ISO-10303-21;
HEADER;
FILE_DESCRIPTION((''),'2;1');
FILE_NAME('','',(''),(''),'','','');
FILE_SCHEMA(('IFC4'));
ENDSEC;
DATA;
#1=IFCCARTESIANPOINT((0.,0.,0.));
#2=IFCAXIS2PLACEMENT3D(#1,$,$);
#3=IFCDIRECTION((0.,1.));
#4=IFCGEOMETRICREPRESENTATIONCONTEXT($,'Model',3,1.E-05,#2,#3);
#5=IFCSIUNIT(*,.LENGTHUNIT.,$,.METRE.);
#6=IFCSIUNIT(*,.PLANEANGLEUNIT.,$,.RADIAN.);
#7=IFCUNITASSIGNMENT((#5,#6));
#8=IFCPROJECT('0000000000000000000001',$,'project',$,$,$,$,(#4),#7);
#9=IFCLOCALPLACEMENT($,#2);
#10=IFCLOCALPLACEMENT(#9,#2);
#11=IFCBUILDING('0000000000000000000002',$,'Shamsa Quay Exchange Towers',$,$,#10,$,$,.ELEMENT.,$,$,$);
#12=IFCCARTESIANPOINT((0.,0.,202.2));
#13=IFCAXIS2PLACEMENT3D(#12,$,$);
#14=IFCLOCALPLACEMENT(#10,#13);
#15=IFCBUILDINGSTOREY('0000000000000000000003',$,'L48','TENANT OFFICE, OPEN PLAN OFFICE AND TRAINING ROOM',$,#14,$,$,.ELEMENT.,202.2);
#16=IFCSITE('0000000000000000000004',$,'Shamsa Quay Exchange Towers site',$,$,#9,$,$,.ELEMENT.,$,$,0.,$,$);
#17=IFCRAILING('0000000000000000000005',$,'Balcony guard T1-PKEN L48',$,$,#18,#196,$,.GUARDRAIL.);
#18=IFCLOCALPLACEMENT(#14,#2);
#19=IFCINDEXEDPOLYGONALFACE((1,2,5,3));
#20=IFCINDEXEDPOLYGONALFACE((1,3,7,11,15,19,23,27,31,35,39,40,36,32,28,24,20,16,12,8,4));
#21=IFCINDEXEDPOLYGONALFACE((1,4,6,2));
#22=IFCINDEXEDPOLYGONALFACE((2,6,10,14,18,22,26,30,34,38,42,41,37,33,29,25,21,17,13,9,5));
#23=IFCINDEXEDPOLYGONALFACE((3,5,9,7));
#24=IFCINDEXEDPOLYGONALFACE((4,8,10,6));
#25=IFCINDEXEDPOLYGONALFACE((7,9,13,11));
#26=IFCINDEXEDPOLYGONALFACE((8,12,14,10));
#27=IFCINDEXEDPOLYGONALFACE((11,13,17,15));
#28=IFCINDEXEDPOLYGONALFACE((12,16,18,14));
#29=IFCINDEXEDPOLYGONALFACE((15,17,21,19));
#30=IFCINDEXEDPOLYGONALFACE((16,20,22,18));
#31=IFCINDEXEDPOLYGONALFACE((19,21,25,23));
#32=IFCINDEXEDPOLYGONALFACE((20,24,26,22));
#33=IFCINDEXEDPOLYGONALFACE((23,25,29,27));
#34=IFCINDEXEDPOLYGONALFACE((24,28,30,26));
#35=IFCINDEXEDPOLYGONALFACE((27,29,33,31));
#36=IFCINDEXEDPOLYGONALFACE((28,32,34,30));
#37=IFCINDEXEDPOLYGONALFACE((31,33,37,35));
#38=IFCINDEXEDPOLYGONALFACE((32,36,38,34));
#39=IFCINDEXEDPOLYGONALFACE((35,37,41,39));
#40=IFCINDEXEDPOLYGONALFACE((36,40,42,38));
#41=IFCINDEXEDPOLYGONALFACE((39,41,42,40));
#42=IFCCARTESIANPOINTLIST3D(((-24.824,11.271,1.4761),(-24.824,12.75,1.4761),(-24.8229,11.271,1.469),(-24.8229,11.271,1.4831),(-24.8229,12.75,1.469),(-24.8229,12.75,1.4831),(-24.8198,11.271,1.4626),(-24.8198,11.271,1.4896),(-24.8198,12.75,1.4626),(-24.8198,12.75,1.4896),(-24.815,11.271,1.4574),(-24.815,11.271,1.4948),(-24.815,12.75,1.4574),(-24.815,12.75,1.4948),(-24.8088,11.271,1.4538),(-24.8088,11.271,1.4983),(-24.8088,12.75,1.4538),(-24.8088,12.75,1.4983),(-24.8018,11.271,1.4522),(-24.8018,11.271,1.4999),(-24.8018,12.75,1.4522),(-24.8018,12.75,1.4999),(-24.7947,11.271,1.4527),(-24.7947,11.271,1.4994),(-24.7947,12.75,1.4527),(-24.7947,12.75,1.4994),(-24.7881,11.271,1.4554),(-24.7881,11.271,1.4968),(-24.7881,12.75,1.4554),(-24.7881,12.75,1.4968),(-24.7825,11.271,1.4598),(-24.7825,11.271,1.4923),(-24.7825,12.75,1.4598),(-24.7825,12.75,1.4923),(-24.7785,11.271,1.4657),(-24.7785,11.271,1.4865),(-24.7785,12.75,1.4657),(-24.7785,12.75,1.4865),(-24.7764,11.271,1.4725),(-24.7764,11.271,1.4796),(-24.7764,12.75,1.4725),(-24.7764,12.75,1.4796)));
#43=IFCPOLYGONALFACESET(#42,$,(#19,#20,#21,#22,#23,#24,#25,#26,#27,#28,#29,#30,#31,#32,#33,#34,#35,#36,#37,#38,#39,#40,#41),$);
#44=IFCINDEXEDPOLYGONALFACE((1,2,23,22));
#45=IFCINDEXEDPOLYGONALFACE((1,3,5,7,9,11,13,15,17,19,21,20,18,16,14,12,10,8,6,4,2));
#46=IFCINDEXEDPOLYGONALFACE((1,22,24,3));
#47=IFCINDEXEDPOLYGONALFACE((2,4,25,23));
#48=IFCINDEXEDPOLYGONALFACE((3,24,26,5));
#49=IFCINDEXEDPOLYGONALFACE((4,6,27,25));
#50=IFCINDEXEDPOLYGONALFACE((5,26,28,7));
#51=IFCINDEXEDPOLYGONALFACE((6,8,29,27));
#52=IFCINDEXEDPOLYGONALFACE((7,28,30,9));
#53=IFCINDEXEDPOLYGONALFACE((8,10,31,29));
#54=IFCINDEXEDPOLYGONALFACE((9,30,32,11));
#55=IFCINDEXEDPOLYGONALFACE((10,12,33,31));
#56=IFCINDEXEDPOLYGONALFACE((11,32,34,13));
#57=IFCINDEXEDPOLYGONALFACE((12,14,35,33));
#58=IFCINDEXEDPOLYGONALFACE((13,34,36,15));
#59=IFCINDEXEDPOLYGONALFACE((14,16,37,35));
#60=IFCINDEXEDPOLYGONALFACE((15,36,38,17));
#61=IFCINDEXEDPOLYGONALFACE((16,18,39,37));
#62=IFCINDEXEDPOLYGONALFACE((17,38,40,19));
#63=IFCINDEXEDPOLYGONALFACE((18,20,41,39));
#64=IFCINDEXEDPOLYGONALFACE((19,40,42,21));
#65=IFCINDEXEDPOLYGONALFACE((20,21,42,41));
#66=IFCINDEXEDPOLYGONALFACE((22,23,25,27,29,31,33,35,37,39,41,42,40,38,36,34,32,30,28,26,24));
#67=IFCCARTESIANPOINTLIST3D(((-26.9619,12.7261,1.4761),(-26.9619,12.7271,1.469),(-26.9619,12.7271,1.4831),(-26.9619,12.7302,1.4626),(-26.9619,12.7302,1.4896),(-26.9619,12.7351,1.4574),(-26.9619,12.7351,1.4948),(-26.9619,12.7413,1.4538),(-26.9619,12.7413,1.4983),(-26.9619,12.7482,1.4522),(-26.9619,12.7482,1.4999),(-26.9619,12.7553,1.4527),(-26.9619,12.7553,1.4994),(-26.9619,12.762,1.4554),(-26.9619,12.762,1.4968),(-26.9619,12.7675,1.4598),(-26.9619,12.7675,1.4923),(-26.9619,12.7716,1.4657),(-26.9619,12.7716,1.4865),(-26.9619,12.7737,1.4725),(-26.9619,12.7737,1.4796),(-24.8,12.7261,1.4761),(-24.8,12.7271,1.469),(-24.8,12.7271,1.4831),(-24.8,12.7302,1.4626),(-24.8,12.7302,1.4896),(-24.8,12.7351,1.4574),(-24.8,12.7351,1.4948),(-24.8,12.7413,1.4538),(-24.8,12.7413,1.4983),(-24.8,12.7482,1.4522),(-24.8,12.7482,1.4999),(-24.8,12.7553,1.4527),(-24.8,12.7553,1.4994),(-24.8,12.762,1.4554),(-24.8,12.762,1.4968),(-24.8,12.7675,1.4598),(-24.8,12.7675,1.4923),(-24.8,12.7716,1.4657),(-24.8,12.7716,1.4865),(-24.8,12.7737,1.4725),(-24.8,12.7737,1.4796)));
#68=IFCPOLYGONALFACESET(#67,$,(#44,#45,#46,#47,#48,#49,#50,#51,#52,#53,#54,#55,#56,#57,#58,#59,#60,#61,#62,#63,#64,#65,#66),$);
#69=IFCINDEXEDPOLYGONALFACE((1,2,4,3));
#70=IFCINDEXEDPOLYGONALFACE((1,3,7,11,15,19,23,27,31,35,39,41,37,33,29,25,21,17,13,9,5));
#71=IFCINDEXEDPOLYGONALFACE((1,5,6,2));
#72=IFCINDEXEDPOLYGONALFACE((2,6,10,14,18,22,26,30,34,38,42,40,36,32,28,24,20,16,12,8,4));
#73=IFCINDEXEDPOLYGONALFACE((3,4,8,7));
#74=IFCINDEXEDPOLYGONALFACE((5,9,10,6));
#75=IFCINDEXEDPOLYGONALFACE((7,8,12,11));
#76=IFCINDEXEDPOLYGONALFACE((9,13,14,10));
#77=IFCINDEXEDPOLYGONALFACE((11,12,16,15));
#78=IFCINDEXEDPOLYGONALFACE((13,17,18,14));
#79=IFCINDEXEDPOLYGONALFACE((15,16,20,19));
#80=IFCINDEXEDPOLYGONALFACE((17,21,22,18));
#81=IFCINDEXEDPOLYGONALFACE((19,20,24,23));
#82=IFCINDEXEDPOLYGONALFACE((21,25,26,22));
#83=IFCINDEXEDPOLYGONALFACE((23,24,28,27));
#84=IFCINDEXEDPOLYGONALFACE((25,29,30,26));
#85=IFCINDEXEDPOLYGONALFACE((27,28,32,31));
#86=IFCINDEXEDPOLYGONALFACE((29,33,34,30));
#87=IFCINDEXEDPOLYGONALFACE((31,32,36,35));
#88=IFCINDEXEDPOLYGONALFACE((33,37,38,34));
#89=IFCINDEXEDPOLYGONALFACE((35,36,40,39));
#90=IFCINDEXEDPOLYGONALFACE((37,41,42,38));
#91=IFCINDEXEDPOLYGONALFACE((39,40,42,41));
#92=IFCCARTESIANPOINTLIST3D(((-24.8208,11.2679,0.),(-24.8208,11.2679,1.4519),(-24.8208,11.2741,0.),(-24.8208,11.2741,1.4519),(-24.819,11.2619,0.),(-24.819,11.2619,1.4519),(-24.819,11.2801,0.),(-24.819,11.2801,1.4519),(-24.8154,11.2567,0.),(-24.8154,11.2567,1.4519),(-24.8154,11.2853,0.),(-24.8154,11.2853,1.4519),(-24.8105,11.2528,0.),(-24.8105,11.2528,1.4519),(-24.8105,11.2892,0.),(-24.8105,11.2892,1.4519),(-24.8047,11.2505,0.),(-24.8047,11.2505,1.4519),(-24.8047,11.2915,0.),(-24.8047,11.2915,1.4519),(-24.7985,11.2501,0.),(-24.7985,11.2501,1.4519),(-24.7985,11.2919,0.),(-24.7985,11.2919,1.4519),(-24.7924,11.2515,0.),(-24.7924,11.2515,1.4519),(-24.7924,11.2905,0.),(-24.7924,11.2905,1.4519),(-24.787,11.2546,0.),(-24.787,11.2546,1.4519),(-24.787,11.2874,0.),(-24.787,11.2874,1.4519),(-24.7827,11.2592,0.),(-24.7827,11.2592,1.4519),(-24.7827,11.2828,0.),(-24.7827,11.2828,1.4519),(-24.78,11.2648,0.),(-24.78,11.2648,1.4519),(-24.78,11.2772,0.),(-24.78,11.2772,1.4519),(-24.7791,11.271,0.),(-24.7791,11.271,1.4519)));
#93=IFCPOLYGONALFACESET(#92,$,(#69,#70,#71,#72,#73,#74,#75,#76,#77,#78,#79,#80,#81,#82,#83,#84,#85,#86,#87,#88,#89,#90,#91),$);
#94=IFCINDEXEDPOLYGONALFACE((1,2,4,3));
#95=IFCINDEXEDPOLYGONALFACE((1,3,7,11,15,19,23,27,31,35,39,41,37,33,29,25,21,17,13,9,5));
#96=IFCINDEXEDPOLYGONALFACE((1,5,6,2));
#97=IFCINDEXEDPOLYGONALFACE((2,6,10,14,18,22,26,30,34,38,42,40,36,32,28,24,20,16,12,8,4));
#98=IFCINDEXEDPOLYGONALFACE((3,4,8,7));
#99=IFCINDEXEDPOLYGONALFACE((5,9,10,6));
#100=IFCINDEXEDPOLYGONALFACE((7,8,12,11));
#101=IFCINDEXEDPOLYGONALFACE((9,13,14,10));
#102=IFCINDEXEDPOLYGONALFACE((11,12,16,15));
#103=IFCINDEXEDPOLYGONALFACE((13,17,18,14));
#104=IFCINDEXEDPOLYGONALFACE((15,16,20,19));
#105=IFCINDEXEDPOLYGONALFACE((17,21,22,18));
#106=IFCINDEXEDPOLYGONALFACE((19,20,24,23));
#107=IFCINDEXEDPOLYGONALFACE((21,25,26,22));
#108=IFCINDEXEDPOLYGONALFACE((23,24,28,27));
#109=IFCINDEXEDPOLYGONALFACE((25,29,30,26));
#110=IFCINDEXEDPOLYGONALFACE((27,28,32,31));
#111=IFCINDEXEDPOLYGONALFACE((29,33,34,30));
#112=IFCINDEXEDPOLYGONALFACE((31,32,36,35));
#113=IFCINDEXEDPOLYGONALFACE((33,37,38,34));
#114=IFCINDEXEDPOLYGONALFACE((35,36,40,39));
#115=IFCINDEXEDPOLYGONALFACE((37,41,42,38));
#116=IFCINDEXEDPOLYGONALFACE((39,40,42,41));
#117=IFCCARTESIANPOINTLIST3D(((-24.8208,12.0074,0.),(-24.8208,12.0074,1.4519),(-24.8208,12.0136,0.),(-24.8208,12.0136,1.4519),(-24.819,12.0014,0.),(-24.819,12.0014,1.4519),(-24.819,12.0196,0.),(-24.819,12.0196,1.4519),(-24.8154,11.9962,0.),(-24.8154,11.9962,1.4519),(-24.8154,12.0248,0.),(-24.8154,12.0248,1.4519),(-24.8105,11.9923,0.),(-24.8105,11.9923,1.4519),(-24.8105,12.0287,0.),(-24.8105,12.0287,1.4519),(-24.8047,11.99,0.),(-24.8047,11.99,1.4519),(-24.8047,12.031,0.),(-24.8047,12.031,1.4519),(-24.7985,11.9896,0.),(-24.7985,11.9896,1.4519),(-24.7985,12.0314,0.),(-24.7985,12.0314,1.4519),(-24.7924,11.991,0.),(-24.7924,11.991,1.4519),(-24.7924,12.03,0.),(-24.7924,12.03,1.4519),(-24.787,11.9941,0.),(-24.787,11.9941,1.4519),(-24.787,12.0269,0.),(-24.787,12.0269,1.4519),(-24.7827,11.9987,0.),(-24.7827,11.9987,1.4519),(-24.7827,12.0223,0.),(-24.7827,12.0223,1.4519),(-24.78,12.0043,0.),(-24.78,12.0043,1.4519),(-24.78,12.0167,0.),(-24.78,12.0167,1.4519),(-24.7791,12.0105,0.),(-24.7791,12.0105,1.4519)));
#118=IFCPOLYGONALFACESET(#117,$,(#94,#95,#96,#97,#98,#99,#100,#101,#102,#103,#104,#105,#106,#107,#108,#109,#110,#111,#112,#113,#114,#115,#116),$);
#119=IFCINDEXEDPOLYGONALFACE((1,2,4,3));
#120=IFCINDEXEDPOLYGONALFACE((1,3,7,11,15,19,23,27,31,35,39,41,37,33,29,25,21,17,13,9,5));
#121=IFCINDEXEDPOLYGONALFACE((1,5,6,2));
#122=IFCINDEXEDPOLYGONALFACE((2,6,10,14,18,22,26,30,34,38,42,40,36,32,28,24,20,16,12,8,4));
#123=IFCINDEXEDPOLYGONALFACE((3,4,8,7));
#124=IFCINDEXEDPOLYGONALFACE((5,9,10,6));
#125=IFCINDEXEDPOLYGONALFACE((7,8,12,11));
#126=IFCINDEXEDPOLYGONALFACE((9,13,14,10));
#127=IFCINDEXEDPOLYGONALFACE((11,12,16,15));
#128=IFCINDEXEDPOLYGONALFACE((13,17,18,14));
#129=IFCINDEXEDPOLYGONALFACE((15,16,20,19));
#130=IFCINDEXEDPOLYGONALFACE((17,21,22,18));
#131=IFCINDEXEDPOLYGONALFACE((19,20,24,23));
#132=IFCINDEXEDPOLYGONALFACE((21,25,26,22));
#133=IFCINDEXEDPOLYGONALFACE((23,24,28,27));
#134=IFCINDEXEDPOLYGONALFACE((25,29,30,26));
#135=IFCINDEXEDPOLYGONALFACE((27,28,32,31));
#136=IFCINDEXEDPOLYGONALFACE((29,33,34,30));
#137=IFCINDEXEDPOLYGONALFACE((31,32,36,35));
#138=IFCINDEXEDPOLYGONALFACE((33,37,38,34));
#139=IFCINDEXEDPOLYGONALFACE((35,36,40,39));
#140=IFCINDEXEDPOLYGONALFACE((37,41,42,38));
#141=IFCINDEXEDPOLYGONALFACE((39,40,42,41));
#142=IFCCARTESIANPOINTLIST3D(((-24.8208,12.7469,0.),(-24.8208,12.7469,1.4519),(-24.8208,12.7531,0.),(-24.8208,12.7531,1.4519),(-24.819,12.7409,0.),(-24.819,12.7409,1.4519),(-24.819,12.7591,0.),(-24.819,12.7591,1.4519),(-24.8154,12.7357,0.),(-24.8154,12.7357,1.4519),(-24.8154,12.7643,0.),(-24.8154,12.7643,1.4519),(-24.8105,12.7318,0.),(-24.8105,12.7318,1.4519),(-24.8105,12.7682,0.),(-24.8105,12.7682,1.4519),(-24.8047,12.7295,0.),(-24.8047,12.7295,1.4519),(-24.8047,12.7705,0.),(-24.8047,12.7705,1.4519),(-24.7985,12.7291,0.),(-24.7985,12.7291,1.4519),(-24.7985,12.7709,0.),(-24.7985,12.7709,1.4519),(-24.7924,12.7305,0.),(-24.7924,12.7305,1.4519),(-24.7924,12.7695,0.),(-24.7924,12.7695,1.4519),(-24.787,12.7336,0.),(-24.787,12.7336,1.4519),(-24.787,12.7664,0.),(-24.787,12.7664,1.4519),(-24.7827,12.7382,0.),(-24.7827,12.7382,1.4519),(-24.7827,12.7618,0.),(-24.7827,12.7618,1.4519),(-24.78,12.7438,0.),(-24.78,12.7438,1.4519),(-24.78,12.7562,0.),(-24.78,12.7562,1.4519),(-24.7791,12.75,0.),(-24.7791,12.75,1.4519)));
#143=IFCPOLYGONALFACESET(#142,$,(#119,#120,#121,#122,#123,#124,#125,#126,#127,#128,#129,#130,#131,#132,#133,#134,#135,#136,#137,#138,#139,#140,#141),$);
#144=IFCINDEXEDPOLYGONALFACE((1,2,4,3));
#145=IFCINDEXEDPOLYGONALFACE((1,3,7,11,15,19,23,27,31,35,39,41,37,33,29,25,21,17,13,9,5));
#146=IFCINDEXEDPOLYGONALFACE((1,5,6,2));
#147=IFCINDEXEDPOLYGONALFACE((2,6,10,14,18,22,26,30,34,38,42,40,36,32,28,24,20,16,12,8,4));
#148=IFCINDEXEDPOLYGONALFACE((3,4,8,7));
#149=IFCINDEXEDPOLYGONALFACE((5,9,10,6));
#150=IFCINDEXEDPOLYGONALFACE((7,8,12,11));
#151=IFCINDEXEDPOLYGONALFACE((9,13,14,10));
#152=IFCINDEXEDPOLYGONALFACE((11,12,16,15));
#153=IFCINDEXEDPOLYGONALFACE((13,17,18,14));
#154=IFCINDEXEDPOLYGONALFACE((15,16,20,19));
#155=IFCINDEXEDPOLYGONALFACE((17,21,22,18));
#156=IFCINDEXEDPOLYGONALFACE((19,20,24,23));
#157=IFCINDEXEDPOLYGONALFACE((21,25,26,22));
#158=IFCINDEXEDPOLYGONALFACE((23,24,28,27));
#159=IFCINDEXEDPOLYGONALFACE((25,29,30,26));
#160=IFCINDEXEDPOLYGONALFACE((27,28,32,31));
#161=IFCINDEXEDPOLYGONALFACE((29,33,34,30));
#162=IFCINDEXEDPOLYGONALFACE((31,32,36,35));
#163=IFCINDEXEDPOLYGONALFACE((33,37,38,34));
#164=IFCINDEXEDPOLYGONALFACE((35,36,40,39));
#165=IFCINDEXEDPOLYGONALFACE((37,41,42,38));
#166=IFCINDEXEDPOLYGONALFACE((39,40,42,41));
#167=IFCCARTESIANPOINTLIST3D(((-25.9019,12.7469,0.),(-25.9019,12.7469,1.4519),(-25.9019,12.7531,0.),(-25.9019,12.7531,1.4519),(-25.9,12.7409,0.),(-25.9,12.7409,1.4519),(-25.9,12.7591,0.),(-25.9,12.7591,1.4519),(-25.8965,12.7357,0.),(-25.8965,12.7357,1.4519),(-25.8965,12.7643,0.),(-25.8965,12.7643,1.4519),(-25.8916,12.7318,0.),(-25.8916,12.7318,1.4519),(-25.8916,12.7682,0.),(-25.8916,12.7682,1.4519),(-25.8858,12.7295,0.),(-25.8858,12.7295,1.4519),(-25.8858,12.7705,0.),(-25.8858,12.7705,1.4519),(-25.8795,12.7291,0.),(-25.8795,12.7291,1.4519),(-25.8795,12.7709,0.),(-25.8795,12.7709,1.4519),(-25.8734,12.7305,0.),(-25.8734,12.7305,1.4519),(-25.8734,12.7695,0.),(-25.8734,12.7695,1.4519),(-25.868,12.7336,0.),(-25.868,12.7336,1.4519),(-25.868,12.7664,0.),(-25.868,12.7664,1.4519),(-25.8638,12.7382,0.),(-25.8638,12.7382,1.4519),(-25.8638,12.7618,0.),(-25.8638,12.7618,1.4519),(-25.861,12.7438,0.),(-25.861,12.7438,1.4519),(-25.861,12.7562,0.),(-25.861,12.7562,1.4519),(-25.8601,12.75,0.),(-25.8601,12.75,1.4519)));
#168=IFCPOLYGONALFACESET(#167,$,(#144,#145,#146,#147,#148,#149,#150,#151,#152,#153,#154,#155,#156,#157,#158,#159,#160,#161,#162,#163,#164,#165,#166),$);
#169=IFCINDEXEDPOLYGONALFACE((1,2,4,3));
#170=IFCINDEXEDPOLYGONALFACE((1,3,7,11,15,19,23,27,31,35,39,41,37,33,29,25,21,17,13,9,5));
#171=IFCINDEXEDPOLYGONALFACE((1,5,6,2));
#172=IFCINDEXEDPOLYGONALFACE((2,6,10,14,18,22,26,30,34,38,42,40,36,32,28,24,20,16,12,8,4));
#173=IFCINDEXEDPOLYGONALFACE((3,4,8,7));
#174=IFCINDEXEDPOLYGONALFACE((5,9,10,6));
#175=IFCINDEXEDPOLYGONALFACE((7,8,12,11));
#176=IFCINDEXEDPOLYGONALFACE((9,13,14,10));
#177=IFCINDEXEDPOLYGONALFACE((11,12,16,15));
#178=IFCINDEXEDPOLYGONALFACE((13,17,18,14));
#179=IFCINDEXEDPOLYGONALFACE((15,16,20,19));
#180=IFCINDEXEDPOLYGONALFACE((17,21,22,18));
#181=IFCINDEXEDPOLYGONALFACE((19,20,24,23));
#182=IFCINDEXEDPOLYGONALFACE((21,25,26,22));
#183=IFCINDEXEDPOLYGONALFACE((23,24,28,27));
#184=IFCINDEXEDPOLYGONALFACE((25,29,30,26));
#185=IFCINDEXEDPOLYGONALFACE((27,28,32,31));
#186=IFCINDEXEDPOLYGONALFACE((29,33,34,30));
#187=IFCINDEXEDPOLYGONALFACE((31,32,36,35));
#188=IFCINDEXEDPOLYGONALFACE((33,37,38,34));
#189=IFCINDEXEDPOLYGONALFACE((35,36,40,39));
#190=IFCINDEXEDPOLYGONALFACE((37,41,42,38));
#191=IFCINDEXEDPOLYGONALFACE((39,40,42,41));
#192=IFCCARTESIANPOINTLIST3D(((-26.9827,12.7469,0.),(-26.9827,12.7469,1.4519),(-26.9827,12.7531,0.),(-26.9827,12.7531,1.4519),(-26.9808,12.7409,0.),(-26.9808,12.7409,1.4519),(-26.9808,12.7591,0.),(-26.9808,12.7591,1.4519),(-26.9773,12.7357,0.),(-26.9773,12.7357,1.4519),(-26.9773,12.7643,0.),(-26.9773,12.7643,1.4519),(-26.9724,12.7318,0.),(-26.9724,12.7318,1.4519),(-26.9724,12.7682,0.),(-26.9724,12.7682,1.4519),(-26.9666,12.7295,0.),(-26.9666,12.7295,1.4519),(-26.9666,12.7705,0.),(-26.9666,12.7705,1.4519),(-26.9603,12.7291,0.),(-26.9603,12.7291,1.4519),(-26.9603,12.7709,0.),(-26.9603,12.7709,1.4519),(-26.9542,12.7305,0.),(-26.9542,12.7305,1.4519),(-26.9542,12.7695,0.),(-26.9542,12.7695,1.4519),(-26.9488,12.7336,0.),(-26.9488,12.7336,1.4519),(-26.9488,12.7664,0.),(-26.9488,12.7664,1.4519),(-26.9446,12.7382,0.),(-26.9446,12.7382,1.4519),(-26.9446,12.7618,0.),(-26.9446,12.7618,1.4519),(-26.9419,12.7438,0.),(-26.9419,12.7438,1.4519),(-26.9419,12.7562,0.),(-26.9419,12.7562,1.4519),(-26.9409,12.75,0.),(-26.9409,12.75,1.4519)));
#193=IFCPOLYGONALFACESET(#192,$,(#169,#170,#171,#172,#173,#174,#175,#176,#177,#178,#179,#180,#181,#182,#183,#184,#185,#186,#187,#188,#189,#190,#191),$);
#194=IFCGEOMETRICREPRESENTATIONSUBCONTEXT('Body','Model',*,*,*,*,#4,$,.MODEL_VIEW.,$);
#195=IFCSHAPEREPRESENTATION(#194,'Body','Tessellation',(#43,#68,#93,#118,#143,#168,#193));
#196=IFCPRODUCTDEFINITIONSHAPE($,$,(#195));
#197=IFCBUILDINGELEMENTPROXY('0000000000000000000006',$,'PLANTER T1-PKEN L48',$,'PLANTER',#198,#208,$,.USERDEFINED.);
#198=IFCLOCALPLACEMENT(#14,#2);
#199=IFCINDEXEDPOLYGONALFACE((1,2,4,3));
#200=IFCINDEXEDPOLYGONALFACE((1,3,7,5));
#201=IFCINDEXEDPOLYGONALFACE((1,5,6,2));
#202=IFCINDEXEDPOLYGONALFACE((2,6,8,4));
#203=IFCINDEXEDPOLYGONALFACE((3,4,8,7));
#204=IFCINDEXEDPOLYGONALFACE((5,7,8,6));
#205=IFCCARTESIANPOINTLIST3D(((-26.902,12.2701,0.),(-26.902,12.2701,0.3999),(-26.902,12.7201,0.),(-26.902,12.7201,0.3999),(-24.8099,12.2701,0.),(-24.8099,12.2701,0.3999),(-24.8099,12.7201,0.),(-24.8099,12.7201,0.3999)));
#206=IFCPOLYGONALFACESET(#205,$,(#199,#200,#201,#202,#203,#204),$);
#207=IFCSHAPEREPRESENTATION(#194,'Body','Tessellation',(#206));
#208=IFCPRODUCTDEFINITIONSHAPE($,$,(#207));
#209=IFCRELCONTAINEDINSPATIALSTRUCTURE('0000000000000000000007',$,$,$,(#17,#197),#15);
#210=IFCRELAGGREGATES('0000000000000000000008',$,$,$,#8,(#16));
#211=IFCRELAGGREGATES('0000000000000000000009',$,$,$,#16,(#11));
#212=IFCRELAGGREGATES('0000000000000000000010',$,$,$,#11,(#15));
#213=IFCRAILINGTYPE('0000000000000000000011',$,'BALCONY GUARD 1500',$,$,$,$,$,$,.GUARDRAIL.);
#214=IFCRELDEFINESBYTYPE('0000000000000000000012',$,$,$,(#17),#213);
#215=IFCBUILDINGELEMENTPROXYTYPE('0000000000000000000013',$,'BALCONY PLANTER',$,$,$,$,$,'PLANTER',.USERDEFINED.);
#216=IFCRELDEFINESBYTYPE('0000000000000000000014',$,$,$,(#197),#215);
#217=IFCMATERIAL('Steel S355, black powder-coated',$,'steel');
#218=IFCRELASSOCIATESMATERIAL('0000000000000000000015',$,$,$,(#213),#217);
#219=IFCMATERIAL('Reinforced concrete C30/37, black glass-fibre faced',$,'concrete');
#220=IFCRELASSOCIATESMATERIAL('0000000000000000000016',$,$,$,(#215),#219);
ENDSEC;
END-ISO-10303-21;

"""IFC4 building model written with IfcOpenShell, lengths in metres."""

from ifc_helpers import new_model, si_unit, direction, frame, origin, origin_2d, place, context, subcontext, project, spatial, rectangle, circle, extrude, material, type_object, element, save


model = new_model("IFC4")

# Units and contexts
model_context = context("Model", 3, precision=1e-05, world=origin(), true_north=direction((0.0, 1.0)))
body_context = subcontext(model_context, "Body", "Model", "MODEL_VIEW")
ifc_project = project(units=[si_unit("LENGTHUNIT", "METRE"), si_unit("PLANEANGLEUNIT", "RADIAN")], contexts=[model_context])

# Site, building, storey
site_placement = place(None, origin())
site = spatial("IfcSite", under=ifc_project, at=site_placement, Name="Shamsa Quay Exchange Towers site", CompositionType="ELEMENT", RefElevation=0.0)
building_placement = place(site_placement, origin())
building = spatial("IfcBuilding", under=site, at=building_placement, Name="Shamsa Quay Exchange Towers", CompositionType="ELEMENT")
storey_placement = place(building_placement, frame((0.0, 0.0, 202.2)))
storey = spatial("IfcBuildingStorey", under=building, at=storey_placement, Name="L48", Description="TENANT OFFICE, OPEN PLAN OFFICE AND TRAINING ROOM", CompositionType="ELEMENT", Elevation=202.2)

# Railing
ifc_material_1 = material(Name="Steel S355, black powder-coated", Category="steel")
railing_type = type_object("IfcRailingType", Name="BALCONY GUARD 1500", PredefinedType="GUARDRAIL", material=ifc_material_1)
railing_placement = place(storey_placement, frame((-24.8, 11.271, 0.0)))
element("IfcRailing", 1, at=railing_placement, inside=storey, type_object=railing_type, Name="Balcony guard T1-PKEN L48", PredefinedType="GUARDRAIL", context=body_context, shape_type="SweptSolid", body=[
    extrude(circle(Radius=0.0239, at=origin_2d()), frame((0.0, 0.0, 1.4761), z_axis=(0.0, 1.0, 0.0), x_axis=(-1.0, 0.0, 0.0)), (0.0, 0.0, 1.0), 1.479),
    extrude(circle(Radius=0.0239, at=origin_2d()), frame((0.0, 1.479, 1.4761), z_axis=(-1.0, 0.0, 0.0), x_axis=(0.0, -1.0, 0.0)), (0.0, 0.0, 1.0), 2.1619),
    extrude(circle(Radius=0.021, at=origin_2d()), origin(), (0.0, 0.0, 1.0), 1.4519),
    extrude(circle(Radius=0.021, at=origin_2d()), frame((0.0, 0.7395, 0.0)), (0.0, 0.0, 1.0), 1.4519),
    extrude(circle(Radius=0.021, at=origin_2d()), frame((0.0, 1.479, 0.0)), (0.0, 0.0, 1.0), 1.4519),
    extrude(circle(Radius=0.021, at=origin_2d()), frame((-1.0811, 1.479, 0.0)), (0.0, 0.0, 1.0), 1.4519),
    extrude(circle(Radius=0.021, at=origin_2d()), frame((-2.1619, 1.479, 0.0)), (0.0, 0.0, 1.0), 1.4519),
])

# Building element proxy
ifc_material_2 = material(Name="Reinforced concrete C30/37, black glass-fibre faced", Category="concrete")
building_element_proxy_type = type_object("IfcBuildingElementProxyType", Name="BALCONY PLANTER", ElementType="PLANTER", PredefinedType="USERDEFINED", material=ifc_material_2)
proxy_placement = place(storey_placement, frame((-25.856, 12.4951, 0.0), z_axis=(0.0, 0.0, 1.0), x_axis=(-1.0, 0.0, 0.0)))
element("IfcBuildingElementProxy", 2, at=proxy_placement, inside=storey, type_object=building_element_proxy_type, Name="PLANTER T1-PKEN L48", ObjectType="PLANTER", PredefinedType="USERDEFINED", context=body_context, shape_type="SweptSolid", body=[
    extrude(rectangle(XDim=2.092, YDim=0.45, at=origin_2d()), origin(), (0.0, 0.0, 1.0), 0.3999),
])

save(model, "model.ifc")
